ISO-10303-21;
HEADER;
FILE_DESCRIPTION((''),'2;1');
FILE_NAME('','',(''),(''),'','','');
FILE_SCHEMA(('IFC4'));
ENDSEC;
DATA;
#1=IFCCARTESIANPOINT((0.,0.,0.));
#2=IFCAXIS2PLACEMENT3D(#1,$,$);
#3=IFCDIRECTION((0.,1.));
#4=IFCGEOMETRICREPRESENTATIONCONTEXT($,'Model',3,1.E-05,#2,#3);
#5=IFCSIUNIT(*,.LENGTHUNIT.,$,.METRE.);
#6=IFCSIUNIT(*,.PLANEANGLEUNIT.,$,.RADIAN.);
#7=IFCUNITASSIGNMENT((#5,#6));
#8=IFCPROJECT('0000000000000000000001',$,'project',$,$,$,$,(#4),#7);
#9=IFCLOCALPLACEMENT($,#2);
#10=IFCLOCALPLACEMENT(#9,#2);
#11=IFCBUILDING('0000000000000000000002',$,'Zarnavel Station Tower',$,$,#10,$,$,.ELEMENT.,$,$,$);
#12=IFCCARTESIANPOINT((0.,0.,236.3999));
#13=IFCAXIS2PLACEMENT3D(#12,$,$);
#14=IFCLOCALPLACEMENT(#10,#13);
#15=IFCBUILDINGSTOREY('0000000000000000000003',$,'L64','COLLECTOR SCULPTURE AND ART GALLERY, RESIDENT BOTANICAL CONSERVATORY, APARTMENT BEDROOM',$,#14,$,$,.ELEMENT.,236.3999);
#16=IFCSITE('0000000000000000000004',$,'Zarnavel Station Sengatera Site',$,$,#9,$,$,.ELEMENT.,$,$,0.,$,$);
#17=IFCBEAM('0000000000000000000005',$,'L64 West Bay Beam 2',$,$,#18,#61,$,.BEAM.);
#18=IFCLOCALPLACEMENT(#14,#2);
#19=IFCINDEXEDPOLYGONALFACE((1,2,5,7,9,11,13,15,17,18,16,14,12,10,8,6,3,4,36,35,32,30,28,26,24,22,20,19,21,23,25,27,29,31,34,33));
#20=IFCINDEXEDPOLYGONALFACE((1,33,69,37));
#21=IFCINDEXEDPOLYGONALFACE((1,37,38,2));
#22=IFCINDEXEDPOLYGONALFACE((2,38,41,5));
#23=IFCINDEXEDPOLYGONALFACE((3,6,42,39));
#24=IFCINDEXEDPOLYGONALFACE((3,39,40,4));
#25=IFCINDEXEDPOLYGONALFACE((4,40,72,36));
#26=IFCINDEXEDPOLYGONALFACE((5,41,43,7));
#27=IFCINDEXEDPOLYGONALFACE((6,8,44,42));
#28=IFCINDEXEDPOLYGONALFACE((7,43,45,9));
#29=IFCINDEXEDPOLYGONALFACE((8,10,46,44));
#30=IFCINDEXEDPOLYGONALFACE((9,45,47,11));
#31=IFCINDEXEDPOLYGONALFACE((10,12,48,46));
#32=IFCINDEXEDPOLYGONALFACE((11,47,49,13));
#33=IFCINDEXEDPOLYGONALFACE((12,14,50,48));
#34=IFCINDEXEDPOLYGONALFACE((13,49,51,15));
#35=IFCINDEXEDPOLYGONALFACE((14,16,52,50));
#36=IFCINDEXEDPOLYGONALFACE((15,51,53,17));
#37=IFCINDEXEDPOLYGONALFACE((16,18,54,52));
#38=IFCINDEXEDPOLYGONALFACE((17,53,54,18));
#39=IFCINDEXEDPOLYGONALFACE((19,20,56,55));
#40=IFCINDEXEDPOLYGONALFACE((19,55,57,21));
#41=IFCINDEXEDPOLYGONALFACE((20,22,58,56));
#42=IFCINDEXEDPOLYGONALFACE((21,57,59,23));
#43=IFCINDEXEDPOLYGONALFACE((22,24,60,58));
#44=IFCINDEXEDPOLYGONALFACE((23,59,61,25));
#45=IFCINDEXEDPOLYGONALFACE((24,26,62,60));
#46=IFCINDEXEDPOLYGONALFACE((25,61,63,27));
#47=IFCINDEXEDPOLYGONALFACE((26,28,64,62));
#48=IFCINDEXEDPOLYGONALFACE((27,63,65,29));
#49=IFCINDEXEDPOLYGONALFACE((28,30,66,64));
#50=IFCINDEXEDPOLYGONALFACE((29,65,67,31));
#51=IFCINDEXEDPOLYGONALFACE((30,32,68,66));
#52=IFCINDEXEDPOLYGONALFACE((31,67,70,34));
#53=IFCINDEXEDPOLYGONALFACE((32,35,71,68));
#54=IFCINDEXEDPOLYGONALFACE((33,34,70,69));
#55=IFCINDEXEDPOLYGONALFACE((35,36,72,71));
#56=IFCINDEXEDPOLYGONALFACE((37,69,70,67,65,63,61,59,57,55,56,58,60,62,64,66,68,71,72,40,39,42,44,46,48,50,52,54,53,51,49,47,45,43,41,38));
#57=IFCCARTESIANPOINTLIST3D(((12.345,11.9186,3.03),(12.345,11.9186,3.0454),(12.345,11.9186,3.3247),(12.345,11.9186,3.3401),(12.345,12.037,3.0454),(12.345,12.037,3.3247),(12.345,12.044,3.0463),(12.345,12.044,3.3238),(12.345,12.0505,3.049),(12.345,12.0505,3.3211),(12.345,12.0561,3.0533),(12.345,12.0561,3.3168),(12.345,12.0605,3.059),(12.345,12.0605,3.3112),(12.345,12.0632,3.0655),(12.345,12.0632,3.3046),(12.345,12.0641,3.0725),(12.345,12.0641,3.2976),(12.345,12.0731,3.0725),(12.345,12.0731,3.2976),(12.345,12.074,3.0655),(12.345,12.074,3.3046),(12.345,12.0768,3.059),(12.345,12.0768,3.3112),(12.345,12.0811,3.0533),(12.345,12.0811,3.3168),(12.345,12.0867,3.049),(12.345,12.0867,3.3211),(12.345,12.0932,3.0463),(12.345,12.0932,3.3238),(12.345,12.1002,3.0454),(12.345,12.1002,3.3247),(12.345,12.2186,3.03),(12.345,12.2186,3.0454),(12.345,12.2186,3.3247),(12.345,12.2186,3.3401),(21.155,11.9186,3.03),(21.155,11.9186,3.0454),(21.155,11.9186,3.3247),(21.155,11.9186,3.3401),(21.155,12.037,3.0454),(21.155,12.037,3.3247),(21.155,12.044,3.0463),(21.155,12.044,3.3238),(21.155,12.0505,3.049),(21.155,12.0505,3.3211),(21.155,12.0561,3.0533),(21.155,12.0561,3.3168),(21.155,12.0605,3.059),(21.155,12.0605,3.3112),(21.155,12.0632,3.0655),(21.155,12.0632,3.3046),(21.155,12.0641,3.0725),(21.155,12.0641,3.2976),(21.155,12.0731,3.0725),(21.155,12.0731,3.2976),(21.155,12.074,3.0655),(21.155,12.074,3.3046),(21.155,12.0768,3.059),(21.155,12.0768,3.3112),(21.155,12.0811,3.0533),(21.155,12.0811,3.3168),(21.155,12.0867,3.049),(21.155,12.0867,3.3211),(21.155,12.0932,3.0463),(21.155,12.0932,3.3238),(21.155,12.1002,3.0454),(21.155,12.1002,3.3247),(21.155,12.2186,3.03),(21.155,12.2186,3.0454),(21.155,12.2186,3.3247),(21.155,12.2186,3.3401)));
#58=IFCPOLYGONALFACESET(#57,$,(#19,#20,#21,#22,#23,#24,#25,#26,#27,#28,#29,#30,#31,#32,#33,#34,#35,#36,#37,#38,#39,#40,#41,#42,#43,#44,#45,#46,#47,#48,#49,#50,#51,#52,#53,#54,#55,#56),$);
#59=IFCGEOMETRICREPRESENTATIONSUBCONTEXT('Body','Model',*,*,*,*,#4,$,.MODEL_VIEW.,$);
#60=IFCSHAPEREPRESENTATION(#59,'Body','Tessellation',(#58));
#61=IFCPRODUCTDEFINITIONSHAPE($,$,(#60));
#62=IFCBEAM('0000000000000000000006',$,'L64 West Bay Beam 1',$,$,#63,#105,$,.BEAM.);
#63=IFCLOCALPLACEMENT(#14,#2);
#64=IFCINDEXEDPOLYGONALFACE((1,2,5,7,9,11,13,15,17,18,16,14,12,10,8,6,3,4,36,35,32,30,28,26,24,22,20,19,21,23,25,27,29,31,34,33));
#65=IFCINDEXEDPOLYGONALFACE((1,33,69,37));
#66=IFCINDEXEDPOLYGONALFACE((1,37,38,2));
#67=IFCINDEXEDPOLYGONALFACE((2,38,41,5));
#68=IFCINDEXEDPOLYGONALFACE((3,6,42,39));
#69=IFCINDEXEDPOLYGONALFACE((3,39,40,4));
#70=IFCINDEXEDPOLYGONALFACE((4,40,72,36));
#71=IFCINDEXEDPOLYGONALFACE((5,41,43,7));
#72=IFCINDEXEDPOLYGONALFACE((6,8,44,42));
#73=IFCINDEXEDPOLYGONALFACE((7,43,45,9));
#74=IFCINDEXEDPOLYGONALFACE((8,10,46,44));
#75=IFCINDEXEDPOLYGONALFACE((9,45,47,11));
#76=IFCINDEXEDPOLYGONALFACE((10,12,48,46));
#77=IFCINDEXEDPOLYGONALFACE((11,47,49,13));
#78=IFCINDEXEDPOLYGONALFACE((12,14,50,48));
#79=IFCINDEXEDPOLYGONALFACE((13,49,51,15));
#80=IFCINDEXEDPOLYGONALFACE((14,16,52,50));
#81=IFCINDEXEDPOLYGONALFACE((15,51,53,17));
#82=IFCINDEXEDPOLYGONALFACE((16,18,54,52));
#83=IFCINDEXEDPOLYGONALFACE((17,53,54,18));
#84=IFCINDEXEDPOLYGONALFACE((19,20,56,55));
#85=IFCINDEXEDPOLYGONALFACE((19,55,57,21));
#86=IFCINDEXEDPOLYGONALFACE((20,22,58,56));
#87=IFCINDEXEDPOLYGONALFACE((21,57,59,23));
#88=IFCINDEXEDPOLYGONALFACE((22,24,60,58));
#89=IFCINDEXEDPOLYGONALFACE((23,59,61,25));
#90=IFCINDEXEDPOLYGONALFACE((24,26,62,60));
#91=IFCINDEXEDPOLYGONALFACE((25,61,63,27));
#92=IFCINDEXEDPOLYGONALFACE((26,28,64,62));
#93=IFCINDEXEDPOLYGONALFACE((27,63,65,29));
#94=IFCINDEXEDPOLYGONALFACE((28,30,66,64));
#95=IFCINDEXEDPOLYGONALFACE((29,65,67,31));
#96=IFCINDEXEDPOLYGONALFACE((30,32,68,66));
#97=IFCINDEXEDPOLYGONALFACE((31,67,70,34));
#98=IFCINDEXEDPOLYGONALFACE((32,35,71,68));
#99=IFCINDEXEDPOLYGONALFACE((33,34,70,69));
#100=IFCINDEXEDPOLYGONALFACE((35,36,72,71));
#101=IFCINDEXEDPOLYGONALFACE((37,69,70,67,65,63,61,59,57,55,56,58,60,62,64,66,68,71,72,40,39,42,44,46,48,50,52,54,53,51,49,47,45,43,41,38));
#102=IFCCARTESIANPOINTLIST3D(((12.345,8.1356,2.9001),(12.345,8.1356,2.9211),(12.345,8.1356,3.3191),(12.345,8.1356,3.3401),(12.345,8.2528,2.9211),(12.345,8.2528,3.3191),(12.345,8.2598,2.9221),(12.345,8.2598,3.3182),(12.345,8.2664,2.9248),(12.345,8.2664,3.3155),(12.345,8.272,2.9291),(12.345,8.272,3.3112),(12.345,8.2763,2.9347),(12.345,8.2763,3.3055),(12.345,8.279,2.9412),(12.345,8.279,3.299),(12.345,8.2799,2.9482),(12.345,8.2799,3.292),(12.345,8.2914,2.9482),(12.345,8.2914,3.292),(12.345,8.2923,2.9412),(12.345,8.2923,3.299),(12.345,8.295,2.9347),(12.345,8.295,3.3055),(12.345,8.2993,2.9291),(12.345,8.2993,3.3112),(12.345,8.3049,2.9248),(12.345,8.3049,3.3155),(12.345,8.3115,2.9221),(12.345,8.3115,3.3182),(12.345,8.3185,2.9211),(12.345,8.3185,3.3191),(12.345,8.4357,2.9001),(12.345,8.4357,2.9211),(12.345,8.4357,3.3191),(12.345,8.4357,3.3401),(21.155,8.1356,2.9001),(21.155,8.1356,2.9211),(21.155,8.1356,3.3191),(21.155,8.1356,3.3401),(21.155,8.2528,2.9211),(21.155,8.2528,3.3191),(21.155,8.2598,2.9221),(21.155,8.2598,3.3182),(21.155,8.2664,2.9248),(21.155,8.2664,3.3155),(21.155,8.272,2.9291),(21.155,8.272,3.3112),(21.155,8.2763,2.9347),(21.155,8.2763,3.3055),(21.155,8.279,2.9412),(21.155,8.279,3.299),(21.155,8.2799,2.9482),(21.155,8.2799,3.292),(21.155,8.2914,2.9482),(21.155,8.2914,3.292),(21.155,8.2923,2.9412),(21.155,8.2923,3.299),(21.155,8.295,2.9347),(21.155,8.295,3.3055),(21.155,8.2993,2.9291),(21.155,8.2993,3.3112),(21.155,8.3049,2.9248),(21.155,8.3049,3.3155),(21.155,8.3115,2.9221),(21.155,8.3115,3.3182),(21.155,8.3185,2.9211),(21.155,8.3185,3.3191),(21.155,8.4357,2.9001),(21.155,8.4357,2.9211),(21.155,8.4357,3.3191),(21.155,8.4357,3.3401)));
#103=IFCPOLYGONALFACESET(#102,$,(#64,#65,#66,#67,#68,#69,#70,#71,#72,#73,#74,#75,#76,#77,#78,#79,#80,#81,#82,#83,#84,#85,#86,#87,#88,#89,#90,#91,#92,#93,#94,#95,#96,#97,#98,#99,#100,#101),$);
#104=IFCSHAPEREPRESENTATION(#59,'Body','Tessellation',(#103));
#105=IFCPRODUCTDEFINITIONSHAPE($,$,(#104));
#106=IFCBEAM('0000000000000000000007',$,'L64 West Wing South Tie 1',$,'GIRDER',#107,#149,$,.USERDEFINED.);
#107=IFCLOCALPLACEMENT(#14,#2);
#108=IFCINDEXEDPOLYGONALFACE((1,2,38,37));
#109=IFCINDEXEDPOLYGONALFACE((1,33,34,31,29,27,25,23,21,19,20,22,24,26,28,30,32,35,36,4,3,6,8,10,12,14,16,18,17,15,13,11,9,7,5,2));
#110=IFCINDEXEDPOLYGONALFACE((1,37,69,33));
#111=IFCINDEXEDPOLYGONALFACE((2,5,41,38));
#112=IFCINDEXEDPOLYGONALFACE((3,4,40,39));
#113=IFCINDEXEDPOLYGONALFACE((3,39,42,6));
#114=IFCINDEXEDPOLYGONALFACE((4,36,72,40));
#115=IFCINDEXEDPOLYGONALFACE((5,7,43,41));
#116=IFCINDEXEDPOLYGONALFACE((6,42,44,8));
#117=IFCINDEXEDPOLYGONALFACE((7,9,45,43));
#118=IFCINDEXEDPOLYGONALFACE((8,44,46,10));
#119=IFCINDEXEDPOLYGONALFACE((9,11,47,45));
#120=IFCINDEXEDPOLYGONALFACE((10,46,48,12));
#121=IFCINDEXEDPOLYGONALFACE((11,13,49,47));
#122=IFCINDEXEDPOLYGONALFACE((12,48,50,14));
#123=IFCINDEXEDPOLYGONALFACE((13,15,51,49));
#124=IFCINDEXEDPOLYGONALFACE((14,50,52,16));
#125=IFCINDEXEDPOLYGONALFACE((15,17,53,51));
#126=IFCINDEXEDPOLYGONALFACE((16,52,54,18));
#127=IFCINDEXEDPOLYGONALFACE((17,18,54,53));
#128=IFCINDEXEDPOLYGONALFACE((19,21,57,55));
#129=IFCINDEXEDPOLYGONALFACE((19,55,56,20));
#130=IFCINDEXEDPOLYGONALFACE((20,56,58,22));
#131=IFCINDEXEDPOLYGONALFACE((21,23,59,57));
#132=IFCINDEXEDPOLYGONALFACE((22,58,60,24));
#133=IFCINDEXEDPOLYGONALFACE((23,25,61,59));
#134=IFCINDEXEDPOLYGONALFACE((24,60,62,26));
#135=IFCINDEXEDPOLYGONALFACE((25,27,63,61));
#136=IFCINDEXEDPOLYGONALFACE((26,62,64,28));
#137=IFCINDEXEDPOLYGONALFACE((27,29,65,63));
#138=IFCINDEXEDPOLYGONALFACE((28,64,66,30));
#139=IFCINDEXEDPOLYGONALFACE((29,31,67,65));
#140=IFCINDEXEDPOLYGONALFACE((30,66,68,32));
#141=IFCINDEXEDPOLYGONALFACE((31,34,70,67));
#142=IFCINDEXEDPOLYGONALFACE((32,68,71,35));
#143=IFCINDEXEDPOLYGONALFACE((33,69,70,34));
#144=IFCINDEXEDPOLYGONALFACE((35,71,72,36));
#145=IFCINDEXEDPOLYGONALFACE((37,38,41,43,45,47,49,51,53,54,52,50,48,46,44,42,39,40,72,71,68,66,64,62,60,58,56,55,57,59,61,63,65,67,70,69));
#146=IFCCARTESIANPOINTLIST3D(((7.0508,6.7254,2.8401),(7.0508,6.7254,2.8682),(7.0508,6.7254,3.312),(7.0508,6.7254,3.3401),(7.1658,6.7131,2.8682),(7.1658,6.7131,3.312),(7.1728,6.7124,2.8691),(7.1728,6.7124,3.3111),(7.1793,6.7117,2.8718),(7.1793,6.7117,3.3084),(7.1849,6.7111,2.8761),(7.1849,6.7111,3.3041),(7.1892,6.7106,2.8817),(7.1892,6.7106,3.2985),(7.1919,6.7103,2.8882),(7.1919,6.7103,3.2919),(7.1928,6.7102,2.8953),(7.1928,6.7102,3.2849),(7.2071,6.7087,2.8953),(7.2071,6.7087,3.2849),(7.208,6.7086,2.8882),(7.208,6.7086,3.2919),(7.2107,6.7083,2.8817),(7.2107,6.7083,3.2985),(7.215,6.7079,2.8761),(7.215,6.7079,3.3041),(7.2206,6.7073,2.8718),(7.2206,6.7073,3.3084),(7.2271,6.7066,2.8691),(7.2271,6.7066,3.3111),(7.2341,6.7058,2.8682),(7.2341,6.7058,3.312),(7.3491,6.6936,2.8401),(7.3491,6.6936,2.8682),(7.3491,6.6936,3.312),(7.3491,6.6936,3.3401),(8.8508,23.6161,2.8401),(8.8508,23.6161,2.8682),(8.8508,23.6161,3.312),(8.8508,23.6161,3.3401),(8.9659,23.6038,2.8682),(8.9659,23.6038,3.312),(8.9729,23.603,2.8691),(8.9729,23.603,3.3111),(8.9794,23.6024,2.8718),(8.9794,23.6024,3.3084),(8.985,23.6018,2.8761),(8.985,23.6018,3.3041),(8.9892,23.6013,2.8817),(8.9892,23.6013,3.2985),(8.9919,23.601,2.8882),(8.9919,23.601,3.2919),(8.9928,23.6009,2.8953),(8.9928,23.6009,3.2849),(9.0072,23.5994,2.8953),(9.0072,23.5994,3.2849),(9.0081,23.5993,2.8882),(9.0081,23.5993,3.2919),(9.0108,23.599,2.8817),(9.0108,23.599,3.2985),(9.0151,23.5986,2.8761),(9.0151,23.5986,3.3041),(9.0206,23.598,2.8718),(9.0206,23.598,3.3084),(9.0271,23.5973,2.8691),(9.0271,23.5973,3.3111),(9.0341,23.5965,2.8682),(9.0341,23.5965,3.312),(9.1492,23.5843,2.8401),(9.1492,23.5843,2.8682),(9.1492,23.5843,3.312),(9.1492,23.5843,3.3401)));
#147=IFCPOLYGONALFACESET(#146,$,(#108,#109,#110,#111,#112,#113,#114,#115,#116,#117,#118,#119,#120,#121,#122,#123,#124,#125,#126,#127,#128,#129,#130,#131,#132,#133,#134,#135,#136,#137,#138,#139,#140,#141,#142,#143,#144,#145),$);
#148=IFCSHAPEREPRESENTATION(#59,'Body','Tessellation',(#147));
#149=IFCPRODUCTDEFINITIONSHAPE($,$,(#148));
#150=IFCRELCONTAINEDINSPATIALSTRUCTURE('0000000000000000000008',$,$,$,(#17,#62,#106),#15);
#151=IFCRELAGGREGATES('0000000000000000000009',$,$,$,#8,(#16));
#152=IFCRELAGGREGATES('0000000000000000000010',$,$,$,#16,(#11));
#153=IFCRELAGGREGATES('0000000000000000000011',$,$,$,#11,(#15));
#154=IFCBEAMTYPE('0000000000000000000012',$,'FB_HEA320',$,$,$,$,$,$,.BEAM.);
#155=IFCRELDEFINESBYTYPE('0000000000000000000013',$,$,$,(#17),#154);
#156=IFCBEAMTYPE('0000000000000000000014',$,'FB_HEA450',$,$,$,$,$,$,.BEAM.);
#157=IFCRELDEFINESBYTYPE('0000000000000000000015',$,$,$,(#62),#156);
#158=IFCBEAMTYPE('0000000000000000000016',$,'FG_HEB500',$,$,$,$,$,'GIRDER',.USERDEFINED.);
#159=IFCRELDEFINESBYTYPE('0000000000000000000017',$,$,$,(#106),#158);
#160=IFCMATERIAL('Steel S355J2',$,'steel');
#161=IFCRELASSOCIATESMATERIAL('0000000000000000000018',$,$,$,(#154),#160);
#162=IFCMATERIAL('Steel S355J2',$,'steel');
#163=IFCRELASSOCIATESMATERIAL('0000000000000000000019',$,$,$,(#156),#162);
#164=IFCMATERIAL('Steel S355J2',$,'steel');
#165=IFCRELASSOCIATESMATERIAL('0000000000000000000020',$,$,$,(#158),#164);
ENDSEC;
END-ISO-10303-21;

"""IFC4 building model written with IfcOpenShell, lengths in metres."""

from ifc_helpers import new_model, si_unit, direction, frame, origin, origin_2d, place, context, subcontext, project, spatial, i_section, extrude, material, material_profile, profile_set, type_object, element, save


model = new_model("IFC4")

# Units and contexts
model_context = context("Model", 3, precision=1e-05, world=origin(), true_north=direction((0.0, 1.0)))
body_context = subcontext(model_context, "Body", "Model", "MODEL_VIEW")
ifc_project = project(units=[si_unit("LENGTHUNIT", "METRE"), si_unit("PLANEANGLEUNIT", "RADIAN")], contexts=[model_context])

# Site, building, storey
site_placement = place(None, origin())
site = spatial("IfcSite", under=ifc_project, at=site_placement, Name="Zarnavel Station Sengatera Site", CompositionType="ELEMENT", RefElevation=0.0)
building_placement = place(site_placement, origin())
building = spatial("IfcBuilding", under=site, at=building_placement, Name="Zarnavel Station Tower", CompositionType="ELEMENT")
storey_placement = place(building_placement, frame((0.0, 0.0, 236.3999)))
storey = spatial("IfcBuildingStorey", under=building, at=storey_placement, Name="L64", Description="COLLECTOR SCULPTURE AND ART GALLERY, RESIDENT BOTANICAL CONSERVATORY, APARTMENT BEDROOM", CompositionType="ELEMENT", Elevation=236.3999)

# Beams
ifc_material_1 = material(Name="Steel S355J2", Category="steel")
ifc_material_profile_1 = material_profile(ifc_material_1, i_section(OverallWidth=0.3, OverallDepth=0.3101, WebThickness=0.009, FlangeThickness=0.0154, FilletRadius=0.0271, at=origin_2d()), Name="HEA320")
ifc_profile_set_1 = profile_set([ifc_material_profile_1], Name="Steel S355J2")
beam_type_1 = type_object("IfcBeamType", Name="FB_HEA320", PredefinedType="BEAM", material=ifc_profile_set_1)
beam_1_placement = place(storey_placement, frame((12.345, 12.0686, 3.1851), z_axis=(1.0, 0.0, 0.0), x_axis=(0.0, 1.0, 0.0)))
element("IfcBeam", 1, at=beam_1_placement, inside=storey, type_object=beam_type_1, Name="L64 West Bay Beam 2", PredefinedType="BEAM", context=body_context, shape_type="SweptSolid", body=[
    extrude(i_section(OverallWidth=0.3, OverallDepth=0.3101, WebThickness=0.009, FlangeThickness=0.0154, FilletRadius=0.0271, at=origin_2d()), origin(), (0.0, 0.0, 1.0), 8.8101),
])
ifc_material_2 = material(Name="Steel S355J2", Category="steel")
ifc_material_profile_2 = material_profile(ifc_material_2, i_section(OverallWidth=0.3, OverallDepth=0.4399, WebThickness=0.0115, FlangeThickness=0.021, FilletRadius=0.0271, at=origin_2d()), Name="HEA450")
ifc_profile_set_2 = profile_set([ifc_material_profile_2], Name="Steel S355J2")
beam_type_2 = type_object("IfcBeamType", Name="FB_HEA450", PredefinedType="BEAM", material=ifc_profile_set_2)
beam_2_placement = place(storey_placement, frame((12.345, 8.2856, 3.1201), z_axis=(1.0, 0.0, 0.0), x_axis=(0.0, 1.0, 0.0)))
element("IfcBeam", 2, at=beam_2_placement, inside=storey, type_object=beam_type_2, Name="L64 West Bay Beam 1", PredefinedType="BEAM", context=body_context, shape_type="SweptSolid", body=[
    extrude(i_section(OverallWidth=0.3, OverallDepth=0.4399, WebThickness=0.0115, FlangeThickness=0.021, FilletRadius=0.0271, at=origin_2d()), origin(), (0.0, 0.0, 1.0), 8.8101),
])
ifc_material_3 = material(Name="Steel S355J2", Category="steel")
ifc_material_profile_3 = material_profile(ifc_material_3, i_section(OverallWidth=0.3, OverallDepth=0.5, WebThickness=0.0144, FlangeThickness=0.0281, FilletRadius=0.0271, at=origin_2d()), Name="HEB500")
ifc_profile_set_3 = profile_set([ifc_material_profile_3], Name="Steel S355J2")
beam_type_3 = type_object("IfcBeamType", Name="FG_HEB500", ElementType="GIRDER", PredefinedType="USERDEFINED", material=ifc_profile_set_3)
beam_3_placement = place(storey_placement, frame((7.2, 6.7095, 3.0901), z_axis=(0.105971, 0.994369, 0.0), x_axis=(-0.994369, 0.105971, 0.0)))
element("IfcBeam", 3, at=beam_3_placement, inside=storey, type_object=beam_type_3, Name="L64 West Wing South Tie 1", ObjectType="GIRDER", PredefinedType="USERDEFINED", context=body_context, shape_type="SweptSolid", body=[
    extrude(i_section(OverallWidth=0.3, OverallDepth=0.5, WebThickness=0.0144, FlangeThickness=0.0281, FilletRadius=0.0271, at=origin_2d()), origin(), (0.0, 0.0, 1.0), 16.9863),
])

save(model, "model.ifc")
